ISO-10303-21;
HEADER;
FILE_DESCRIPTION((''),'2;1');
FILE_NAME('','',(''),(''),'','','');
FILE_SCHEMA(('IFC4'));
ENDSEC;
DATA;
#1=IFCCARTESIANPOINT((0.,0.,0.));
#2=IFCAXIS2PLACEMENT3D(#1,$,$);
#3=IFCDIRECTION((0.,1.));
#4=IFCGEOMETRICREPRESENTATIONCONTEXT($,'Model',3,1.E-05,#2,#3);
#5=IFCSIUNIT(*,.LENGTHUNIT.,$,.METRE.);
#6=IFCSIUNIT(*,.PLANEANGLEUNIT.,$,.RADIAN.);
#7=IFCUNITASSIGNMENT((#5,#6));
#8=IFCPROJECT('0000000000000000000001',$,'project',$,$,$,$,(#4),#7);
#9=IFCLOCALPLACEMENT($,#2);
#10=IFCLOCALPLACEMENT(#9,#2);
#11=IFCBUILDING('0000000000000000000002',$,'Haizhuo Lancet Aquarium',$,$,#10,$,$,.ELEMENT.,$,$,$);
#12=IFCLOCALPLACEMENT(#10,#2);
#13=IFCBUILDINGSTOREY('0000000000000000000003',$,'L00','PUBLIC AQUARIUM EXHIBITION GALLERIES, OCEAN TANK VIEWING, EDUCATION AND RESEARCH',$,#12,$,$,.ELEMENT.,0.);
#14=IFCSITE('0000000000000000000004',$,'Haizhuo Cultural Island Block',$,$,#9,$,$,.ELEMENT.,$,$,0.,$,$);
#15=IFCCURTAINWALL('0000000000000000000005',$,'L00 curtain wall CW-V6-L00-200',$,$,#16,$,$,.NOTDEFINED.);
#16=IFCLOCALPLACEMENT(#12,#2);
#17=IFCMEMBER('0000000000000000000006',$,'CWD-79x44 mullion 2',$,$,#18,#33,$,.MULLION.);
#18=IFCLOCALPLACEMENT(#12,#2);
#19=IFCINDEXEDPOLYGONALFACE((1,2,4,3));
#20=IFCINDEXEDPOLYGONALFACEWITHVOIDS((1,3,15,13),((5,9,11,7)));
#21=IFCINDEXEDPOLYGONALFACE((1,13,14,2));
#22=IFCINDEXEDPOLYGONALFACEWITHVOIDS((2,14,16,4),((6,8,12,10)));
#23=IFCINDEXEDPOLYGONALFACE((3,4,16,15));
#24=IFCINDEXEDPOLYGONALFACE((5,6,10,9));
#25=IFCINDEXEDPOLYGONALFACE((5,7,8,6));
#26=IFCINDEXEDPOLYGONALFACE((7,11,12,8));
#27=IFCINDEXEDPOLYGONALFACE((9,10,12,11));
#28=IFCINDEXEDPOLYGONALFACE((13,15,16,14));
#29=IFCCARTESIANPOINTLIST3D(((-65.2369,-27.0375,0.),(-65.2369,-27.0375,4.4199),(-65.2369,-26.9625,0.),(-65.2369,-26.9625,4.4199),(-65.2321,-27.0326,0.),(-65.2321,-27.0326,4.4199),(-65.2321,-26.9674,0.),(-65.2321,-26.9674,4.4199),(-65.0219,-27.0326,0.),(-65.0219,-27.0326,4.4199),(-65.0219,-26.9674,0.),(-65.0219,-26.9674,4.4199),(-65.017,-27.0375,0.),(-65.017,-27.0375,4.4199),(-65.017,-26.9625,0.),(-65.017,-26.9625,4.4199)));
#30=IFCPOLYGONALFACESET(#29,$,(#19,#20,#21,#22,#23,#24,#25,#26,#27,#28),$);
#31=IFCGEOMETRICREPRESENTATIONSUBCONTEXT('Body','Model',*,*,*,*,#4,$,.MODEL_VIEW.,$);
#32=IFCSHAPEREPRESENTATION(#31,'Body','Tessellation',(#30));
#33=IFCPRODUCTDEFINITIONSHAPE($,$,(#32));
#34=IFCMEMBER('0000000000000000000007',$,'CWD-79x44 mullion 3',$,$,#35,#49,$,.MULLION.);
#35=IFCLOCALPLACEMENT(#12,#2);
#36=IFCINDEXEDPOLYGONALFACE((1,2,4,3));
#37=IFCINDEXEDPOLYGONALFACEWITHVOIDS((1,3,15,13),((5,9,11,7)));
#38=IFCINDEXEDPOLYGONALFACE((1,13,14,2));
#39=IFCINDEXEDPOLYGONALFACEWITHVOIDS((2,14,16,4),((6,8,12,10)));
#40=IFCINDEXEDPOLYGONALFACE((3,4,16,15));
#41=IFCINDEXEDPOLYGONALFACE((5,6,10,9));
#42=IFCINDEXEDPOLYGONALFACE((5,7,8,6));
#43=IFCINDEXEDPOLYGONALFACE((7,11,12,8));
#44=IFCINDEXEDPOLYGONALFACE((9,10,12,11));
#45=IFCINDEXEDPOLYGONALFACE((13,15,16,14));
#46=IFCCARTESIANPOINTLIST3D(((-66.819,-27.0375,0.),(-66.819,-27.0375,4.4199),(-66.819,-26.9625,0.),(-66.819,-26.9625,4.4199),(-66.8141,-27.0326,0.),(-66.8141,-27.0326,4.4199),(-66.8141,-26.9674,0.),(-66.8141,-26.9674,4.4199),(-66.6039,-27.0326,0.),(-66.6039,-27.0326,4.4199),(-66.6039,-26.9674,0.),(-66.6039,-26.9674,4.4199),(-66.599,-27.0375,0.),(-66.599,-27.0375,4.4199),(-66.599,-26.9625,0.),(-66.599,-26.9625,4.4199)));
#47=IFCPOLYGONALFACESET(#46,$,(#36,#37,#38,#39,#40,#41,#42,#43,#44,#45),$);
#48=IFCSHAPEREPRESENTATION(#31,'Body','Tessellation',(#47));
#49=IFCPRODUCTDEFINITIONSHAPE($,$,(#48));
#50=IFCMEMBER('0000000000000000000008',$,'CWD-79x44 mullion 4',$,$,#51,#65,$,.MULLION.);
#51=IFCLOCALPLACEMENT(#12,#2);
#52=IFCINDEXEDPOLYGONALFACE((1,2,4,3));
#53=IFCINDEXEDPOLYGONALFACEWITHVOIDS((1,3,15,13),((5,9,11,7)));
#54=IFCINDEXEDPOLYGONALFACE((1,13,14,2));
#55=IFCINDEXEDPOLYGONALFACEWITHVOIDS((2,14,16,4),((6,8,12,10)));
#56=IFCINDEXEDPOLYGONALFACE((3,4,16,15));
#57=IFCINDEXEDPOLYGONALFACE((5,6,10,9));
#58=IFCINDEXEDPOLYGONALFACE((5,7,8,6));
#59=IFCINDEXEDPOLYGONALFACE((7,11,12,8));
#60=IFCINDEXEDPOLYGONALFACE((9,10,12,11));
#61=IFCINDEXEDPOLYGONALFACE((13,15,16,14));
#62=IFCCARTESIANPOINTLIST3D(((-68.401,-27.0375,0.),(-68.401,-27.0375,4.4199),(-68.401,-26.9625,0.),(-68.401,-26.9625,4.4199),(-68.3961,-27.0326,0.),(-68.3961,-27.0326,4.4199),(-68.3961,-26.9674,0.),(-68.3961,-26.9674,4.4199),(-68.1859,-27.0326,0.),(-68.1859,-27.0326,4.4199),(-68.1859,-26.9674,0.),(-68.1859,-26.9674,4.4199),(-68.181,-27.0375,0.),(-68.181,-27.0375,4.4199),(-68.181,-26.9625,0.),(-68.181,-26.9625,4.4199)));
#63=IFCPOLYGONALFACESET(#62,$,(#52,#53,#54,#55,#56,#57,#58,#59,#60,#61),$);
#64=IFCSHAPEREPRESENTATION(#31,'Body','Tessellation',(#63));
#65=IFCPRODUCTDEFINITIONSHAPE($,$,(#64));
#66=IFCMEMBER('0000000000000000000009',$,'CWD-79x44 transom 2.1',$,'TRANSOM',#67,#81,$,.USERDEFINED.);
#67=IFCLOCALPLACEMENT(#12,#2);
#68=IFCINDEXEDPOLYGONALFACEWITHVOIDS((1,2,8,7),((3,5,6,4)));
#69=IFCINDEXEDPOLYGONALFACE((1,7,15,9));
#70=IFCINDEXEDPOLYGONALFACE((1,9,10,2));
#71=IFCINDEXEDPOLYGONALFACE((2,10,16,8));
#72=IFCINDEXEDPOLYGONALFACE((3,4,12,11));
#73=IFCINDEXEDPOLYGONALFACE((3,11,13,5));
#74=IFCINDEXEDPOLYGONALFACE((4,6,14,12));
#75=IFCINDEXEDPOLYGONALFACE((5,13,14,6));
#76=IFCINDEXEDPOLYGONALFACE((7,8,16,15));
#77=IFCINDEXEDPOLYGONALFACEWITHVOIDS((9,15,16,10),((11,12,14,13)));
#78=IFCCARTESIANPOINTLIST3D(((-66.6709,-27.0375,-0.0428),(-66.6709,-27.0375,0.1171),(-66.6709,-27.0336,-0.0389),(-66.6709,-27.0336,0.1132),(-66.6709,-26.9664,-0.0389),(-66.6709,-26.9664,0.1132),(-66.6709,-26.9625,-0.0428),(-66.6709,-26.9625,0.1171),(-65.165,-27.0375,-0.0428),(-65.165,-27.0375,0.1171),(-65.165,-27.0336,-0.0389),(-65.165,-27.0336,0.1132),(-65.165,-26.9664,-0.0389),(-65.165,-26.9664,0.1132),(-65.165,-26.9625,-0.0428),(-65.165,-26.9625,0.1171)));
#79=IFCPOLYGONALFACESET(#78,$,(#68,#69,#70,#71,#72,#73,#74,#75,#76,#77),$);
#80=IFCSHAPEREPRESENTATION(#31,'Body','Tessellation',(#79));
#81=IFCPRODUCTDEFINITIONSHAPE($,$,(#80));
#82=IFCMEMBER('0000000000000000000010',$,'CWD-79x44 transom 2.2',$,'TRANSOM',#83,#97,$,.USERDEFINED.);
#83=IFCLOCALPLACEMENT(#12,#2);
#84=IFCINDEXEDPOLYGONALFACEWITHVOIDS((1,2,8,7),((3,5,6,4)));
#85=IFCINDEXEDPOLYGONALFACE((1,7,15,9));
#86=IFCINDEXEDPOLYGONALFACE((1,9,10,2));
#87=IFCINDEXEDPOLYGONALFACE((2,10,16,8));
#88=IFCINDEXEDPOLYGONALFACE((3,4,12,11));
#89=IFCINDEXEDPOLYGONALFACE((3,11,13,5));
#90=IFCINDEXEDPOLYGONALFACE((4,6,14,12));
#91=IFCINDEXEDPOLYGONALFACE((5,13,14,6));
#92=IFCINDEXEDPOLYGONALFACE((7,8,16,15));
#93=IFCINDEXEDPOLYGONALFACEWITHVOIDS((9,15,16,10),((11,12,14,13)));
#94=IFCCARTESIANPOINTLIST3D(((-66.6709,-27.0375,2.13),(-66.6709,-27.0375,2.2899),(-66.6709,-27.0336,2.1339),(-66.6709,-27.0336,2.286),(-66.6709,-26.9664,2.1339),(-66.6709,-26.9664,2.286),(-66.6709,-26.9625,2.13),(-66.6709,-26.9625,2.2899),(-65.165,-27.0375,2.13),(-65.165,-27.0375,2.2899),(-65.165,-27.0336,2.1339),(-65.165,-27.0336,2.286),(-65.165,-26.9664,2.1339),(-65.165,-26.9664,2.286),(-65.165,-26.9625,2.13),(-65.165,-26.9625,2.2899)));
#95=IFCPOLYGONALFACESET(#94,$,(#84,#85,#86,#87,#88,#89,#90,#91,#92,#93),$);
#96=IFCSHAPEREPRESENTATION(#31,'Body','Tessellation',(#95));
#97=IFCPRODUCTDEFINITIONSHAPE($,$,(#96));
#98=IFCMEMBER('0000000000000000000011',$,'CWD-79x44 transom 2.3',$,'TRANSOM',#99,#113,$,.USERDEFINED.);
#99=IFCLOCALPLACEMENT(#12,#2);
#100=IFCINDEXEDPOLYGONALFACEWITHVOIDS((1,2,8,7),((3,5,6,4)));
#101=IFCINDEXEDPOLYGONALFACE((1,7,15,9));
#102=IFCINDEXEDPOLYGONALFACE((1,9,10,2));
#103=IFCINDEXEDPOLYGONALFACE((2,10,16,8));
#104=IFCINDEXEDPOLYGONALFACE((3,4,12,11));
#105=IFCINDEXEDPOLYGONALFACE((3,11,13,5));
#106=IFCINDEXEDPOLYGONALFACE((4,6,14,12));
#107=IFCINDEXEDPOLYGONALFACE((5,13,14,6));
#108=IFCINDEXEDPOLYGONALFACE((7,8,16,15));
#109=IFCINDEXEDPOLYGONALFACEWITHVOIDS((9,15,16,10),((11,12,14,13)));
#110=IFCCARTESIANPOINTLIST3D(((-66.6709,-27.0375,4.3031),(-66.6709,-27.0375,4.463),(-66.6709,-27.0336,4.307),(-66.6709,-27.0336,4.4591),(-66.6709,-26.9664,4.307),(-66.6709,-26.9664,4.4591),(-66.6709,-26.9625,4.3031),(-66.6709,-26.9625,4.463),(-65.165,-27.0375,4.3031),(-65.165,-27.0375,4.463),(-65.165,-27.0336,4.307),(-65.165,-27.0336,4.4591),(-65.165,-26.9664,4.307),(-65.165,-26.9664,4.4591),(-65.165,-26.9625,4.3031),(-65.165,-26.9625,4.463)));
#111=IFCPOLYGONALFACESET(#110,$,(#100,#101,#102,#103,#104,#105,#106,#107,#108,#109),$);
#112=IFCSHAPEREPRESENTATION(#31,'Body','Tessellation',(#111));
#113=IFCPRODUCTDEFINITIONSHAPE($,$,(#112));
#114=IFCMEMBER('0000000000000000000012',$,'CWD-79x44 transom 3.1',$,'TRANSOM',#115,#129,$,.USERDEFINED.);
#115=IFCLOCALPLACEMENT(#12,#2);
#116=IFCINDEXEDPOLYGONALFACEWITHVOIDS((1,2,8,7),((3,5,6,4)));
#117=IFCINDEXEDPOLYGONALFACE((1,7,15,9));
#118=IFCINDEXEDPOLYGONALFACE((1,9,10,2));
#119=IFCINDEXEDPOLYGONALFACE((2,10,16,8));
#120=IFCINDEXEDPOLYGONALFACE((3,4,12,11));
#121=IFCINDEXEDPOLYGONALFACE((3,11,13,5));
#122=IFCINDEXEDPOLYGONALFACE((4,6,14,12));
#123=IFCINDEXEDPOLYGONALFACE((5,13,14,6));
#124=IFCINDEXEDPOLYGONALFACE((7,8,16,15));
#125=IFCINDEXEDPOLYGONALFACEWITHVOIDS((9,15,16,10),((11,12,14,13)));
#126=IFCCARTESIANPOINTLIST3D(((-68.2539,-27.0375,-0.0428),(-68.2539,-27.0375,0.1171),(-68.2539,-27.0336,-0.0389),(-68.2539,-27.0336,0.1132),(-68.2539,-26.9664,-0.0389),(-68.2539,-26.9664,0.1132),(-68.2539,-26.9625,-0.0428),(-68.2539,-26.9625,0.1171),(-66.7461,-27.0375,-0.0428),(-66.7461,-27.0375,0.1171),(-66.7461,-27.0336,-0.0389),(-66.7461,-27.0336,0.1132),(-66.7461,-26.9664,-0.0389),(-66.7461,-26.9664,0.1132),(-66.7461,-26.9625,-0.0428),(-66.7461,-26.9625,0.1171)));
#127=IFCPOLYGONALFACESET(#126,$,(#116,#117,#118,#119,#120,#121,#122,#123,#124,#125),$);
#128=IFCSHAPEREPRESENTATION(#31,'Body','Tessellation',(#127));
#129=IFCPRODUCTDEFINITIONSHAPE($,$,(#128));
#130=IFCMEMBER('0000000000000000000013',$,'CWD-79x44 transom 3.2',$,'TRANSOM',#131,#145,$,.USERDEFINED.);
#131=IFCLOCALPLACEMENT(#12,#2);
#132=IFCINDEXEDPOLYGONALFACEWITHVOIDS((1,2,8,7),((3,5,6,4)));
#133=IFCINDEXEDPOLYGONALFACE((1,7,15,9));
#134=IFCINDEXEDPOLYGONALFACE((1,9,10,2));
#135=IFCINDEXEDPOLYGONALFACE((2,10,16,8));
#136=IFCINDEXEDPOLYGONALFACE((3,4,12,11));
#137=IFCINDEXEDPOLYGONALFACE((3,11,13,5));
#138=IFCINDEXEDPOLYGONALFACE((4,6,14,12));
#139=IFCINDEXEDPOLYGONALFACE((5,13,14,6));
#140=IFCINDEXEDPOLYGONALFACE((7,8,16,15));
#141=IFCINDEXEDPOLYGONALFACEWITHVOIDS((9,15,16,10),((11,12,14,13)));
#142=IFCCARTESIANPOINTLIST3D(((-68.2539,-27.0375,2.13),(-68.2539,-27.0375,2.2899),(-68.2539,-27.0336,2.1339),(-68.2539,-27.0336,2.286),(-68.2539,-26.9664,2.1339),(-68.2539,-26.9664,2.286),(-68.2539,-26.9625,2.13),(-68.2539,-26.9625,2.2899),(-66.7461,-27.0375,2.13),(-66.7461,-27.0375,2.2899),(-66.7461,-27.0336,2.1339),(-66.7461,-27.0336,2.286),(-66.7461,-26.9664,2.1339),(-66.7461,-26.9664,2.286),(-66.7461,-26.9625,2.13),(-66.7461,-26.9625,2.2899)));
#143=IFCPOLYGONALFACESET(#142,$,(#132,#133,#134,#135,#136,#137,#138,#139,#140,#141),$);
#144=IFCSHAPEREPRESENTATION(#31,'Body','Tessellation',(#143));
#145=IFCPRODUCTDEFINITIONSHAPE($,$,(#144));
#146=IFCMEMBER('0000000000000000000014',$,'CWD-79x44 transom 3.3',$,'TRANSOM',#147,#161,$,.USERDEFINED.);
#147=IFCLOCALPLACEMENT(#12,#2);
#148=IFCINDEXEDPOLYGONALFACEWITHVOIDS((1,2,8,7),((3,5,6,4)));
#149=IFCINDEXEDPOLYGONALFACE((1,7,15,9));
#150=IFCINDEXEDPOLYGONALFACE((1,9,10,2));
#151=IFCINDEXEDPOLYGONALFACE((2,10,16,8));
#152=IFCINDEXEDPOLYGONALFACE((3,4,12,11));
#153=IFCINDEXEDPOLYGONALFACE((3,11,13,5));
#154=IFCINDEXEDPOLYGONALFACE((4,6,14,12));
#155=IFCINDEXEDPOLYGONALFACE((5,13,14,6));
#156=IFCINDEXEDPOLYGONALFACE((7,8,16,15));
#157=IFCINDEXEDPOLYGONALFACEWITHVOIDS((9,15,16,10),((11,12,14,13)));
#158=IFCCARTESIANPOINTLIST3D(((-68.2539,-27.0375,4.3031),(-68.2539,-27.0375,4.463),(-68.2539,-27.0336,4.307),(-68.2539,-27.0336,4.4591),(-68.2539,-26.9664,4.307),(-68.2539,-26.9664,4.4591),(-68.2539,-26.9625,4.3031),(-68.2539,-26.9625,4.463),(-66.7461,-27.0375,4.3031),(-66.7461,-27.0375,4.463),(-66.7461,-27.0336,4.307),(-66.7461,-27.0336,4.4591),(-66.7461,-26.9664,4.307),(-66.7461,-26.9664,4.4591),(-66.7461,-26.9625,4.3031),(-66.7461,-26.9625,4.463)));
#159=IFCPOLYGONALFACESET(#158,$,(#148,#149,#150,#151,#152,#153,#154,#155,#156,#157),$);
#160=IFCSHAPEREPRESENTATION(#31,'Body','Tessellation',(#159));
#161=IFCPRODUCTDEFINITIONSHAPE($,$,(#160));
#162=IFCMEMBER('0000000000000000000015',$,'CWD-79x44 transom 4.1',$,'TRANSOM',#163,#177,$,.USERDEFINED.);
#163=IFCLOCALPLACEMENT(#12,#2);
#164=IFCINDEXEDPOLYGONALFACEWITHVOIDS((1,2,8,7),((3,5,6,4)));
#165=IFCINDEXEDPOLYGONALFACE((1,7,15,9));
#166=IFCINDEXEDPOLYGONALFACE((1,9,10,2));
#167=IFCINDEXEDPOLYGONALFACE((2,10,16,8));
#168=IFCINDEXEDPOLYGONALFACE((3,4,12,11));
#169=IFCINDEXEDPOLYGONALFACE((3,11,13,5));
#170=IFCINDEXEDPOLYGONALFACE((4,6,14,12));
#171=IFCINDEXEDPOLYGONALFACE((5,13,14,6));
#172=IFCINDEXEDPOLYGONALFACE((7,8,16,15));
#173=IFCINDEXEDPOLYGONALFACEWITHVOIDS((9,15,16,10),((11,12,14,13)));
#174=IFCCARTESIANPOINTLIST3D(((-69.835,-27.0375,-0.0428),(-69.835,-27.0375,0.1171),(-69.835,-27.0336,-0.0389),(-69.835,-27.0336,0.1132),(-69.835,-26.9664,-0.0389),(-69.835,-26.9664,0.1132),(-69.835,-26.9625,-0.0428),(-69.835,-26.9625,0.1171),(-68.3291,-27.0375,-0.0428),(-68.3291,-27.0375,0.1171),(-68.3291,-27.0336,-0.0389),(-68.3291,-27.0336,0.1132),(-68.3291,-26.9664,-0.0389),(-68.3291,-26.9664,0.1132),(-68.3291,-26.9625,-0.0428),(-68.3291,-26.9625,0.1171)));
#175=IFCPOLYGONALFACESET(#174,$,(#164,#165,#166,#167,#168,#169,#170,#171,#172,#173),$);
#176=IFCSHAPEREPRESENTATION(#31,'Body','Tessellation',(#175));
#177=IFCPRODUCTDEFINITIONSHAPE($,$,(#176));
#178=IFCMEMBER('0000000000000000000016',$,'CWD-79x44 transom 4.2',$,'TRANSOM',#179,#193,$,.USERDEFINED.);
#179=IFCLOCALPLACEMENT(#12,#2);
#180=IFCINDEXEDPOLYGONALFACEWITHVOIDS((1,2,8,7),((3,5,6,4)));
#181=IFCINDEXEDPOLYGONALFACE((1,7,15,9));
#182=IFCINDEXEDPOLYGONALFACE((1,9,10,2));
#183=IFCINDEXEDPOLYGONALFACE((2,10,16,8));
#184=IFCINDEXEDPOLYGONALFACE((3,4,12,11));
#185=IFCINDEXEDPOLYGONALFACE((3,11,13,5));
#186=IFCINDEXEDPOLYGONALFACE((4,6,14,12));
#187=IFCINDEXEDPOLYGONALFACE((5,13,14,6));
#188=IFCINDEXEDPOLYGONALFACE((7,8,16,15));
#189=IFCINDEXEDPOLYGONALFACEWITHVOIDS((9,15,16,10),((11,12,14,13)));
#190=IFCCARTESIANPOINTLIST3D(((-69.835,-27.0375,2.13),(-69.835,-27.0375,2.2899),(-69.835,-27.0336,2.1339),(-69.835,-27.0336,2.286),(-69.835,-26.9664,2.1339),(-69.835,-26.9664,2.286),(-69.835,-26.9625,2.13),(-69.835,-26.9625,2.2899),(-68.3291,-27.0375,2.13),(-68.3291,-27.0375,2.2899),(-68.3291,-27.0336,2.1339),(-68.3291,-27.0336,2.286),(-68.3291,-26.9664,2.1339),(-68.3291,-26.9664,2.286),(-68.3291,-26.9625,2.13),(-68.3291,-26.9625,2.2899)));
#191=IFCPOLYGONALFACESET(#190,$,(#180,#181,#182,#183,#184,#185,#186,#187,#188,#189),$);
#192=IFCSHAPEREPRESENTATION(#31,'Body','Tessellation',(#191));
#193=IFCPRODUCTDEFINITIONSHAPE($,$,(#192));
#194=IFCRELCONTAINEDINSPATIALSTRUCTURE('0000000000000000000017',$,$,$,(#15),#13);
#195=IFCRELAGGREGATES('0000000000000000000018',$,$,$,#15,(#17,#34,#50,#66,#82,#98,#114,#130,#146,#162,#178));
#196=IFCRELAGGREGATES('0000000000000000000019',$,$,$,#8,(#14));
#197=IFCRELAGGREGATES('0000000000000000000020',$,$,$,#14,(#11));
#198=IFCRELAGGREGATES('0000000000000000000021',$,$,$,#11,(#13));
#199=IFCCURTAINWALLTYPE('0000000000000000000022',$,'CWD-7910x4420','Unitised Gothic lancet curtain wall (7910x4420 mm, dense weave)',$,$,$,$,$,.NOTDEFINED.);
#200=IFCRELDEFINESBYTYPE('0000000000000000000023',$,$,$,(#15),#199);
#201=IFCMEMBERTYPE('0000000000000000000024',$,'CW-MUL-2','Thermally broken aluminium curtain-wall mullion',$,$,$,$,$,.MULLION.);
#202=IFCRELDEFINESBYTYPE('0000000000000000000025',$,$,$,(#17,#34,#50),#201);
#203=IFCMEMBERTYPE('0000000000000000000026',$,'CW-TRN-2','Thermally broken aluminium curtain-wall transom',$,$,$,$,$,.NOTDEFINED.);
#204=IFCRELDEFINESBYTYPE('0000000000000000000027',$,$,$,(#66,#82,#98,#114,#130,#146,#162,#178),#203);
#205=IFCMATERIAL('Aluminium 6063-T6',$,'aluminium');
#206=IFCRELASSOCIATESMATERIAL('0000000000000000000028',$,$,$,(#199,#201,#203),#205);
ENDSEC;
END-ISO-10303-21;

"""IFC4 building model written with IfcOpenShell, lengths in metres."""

from ifc_helpers import new_model, si_unit, direction, frame, origin, origin_2d, place, context, subcontext, project, spatial, hollow_rectangle, extrude, material, material_profile, profile_set, type_object, element, aggregate, save


model = new_model("IFC4")

# Units and contexts
model_context = context("Model", 3, precision=1e-05, world=origin(), true_north=direction((0.0, 1.0)))
body_context = subcontext(model_context, "Body", "Model", "MODEL_VIEW")
ifc_project = project(units=[si_unit("LENGTHUNIT", "METRE"), si_unit("PLANEANGLEUNIT", "RADIAN")], contexts=[model_context])

# Site, building, storey
site_placement = place(None, origin())
site = spatial("IfcSite", under=ifc_project, at=site_placement, Name="Haizhuo Cultural Island Block", CompositionType="ELEMENT", RefElevation=0.0)
building_placement = place(site_placement, origin())
building = spatial("IfcBuilding", under=site, at=building_placement, Name="Haizhuo Lancet Aquarium", CompositionType="ELEMENT")
storey_placement = place(building_placement, origin())
storey = spatial("IfcBuildingStorey", under=building, at=storey_placement, Name="L00", Description="PUBLIC AQUARIUM EXHIBITION GALLERIES, OCEAN TANK VIEWING, EDUCATION AND RESEARCH", CompositionType="ELEMENT", Elevation=0.0)

# Curtain wall, members
ifc_material_1 = material(Name="Aluminium 6063-T6", Category="aluminium")
curtain_wall_type = type_object("IfcCurtainWallType", Name="CWD-7910x4420", Description="Unitised Gothic lancet curtain wall (7910x4420 mm, dense weave)", PredefinedType="NOTDEFINED", material=ifc_material_1)
curtain_wall_placement = place(storey_placement, origin())
curtain_wall = element("IfcCurtainWall", 1, at=curtain_wall_placement, inside=storey, type_object=curtain_wall_type, Name="L00 curtain wall CW-V6-L00-200", PredefinedType="NOTDEFINED")
ifc_material_profile_1 = material_profile(ifc_material_1, hollow_rectangle(XDim=0.075, YDim=0.22, WallThickness=0.0049, at=origin_2d()), Name="ALU-M 75x220x5")
ifc_profile_set_1 = profile_set([ifc_material_profile_1], Name="Aluminium 6063-T6")
member_type_1 = type_object("IfcMemberType", Name="CW-MUL-2", Description="Thermally broken aluminium curtain-wall mullion", PredefinedType="MULLION", material=ifc_profile_set_1)
member_1_placement = place(storey_placement, frame((-65.127, -27.0, 0.0), z_axis=(0.0, 0.0, 1.0), x_axis=(0.0, -1.0, 0.0)))
member_1 = element("IfcMember", 2, at=member_1_placement, type_object=member_type_1, Name="CWD-79x44 mullion 2", PredefinedType="MULLION", context=body_context, shape_type="SweptSolid", body=[
    extrude(hollow_rectangle(XDim=0.075, YDim=0.22, WallThickness=0.0049, at=origin_2d()), origin(), (0.0, 0.0, 1.0), 4.4199),
])
member_2_placement = place(storey_placement, frame((-66.709, -27.0, 0.0), z_axis=(0.0, 0.0, 1.0), x_axis=(0.0, -1.0, 0.0)))
member_2 = element("IfcMember", 3, at=member_2_placement, type_object=member_type_1, Name="CWD-79x44 mullion 3", PredefinedType="MULLION", context=body_context, shape_type="SweptSolid", body=[
    extrude(hollow_rectangle(XDim=0.075, YDim=0.22, WallThickness=0.0049, at=origin_2d()), origin(), (0.0, 0.0, 1.0), 4.4199),
])
member_3_placement = place(storey_placement, frame((-68.291, -27.0, 0.0), z_axis=(0.0, 0.0, 1.0), x_axis=(0.0, -1.0, 0.0)))
member_3 = element("IfcMember", 4, at=member_3_placement, type_object=member_type_1, Name="CWD-79x44 mullion 4", PredefinedType="MULLION", context=body_context, shape_type="SweptSolid", body=[
    extrude(hollow_rectangle(XDim=0.075, YDim=0.22, WallThickness=0.0049, at=origin_2d()), origin(), (0.0, 0.0, 1.0), 4.4199),
])
ifc_material_profile_2 = material_profile(ifc_material_1, hollow_rectangle(XDim=0.075, YDim=0.1599, WallThickness=0.0039, at=origin_2d()), Name="ALU-T 75x160x4")
ifc_profile_set_2 = profile_set([ifc_material_profile_2], Name="Aluminium 6063-T6")
member_type_2 = type_object("IfcMemberType", Name="CW-TRN-2", Description="Thermally broken aluminium curtain-wall transom", PredefinedType="NOTDEFINED", material=ifc_profile_set_2)
member_4_placement = place(storey_placement, frame((-65.165, -27.0, 0.0371), z_axis=(-1.0, 0.0, 0.0), x_axis=(0.0, -1.0, 0.0)))
member_4 = element("IfcMember", 5, at=member_4_placement, type_object=member_type_2, Name="CWD-79x44 transom 2.1", ObjectType="TRANSOM", PredefinedType="USERDEFINED", context=body_context, shape_type="SweptSolid", body=[
    extrude(hollow_rectangle(XDim=0.075, YDim=0.1599, WallThickness=0.0039, at=origin_2d()), origin(), (0.0, 0.0, 1.0), 1.5059),
])
member_5_placement = place(storey_placement, frame((-65.165, -27.0, 2.21), z_axis=(-1.0, 0.0, 0.0), x_axis=(0.0, -1.0, 0.0)))
member_5 = element("IfcMember", 6, at=member_5_placement, type_object=member_type_2, Name="CWD-79x44 transom 2.2", ObjectType="TRANSOM", PredefinedType="USERDEFINED", context=body_context, shape_type="SweptSolid", body=[
    extrude(hollow_rectangle(XDim=0.075, YDim=0.1599, WallThickness=0.0039, at=origin_2d()), origin(), (0.0, 0.0, 1.0), 1.5059),
])
member_6_placement = place(storey_placement, frame((-65.165, -27.0, 4.3831), z_axis=(-1.0, 0.0, 0.0), x_axis=(0.0, -1.0, 0.0)))
member_6 = element("IfcMember", 7, at=member_6_placement, type_object=member_type_2, Name="CWD-79x44 transom 2.3", ObjectType="TRANSOM", PredefinedType="USERDEFINED", context=body_context, shape_type="SweptSolid", body=[
    extrude(hollow_rectangle(XDim=0.075, YDim=0.1599, WallThickness=0.0039, at=origin_2d()), origin(), (0.0, 0.0, 1.0), 1.5059),
])
member_7_placement = place(storey_placement, frame((-66.7461, -27.0, 0.0371), z_axis=(-1.0, 0.0, 0.0), x_axis=(0.0, -1.0, 0.0)))
member_7 = element("IfcMember", 8, at=member_7_placement, type_object=member_type_2, Name="CWD-79x44 transom 3.1", ObjectType="TRANSOM", PredefinedType="USERDEFINED", context=body_context, shape_type="SweptSolid", body=[
    extrude(hollow_rectangle(XDim=0.075, YDim=0.1599, WallThickness=0.0039, at=origin_2d()), origin(), (0.0, 0.0, 1.0), 1.5078),
])
member_8_placement = place(storey_placement, frame((-66.7461, -27.0, 2.21), z_axis=(-1.0, 0.0, 0.0), x_axis=(0.0, -1.0, 0.0)))
member_8 = element("IfcMember", 9, at=member_8_placement, type_object=member_type_2, Name="CWD-79x44 transom 3.2", ObjectType="TRANSOM", PredefinedType="USERDEFINED", context=body_context, shape_type="SweptSolid", body=[
    extrude(hollow_rectangle(XDim=0.075, YDim=0.1599, WallThickness=0.0039, at=origin_2d()), origin(), (0.0, 0.0, 1.0), 1.5078),
])
member_9_placement = place(storey_placement, frame((-66.7461, -27.0, 4.3831), z_axis=(-1.0, 0.0, 0.0), x_axis=(0.0, -1.0, 0.0)))
member_9 = element("IfcMember", 10, at=member_9_placement, type_object=member_type_2, Name="CWD-79x44 transom 3.3", ObjectType="TRANSOM", PredefinedType="USERDEFINED", context=body_context, shape_type="SweptSolid", body=[
    extrude(hollow_rectangle(XDim=0.075, YDim=0.1599, WallThickness=0.0039, at=origin_2d()), origin(), (0.0, 0.0, 1.0), 1.5078),
])
member_10_placement = place(storey_placement, frame((-68.3291, -27.0, 0.0371), z_axis=(-1.0, 0.0, 0.0), x_axis=(0.0, -1.0, 0.0)))
member_10 = element("IfcMember", 11, at=member_10_placement, type_object=member_type_2, Name="CWD-79x44 transom 4.1", ObjectType="TRANSOM", PredefinedType="USERDEFINED", context=body_context, shape_type="SweptSolid", body=[
    extrude(hollow_rectangle(XDim=0.075, YDim=0.1599, WallThickness=0.0039, at=origin_2d()), origin(), (0.0, 0.0, 1.0), 1.5059),
])
member_11_placement = place(storey_placement, frame((-68.3291, -27.0, 2.21), z_axis=(-1.0, 0.0, 0.0), x_axis=(0.0, -1.0, 0.0)))
member_11 = element("IfcMember", 12, at=member_11_placement, type_object=member_type_2, Name="CWD-79x44 transom 4.2", ObjectType="TRANSOM", PredefinedType="USERDEFINED", context=body_context, shape_type="SweptSolid", body=[
    extrude(hollow_rectangle(XDim=0.075, YDim=0.1599, WallThickness=0.0039, at=origin_2d()), origin(), (0.0, 0.0, 1.0), 1.5059),
])

aggregate(curtain_wall, [member_1, member_2, member_3, member_4, member_5, member_6, member_7, member_8, member_9, member_10, member_11])

save(model, "model.ifc")
